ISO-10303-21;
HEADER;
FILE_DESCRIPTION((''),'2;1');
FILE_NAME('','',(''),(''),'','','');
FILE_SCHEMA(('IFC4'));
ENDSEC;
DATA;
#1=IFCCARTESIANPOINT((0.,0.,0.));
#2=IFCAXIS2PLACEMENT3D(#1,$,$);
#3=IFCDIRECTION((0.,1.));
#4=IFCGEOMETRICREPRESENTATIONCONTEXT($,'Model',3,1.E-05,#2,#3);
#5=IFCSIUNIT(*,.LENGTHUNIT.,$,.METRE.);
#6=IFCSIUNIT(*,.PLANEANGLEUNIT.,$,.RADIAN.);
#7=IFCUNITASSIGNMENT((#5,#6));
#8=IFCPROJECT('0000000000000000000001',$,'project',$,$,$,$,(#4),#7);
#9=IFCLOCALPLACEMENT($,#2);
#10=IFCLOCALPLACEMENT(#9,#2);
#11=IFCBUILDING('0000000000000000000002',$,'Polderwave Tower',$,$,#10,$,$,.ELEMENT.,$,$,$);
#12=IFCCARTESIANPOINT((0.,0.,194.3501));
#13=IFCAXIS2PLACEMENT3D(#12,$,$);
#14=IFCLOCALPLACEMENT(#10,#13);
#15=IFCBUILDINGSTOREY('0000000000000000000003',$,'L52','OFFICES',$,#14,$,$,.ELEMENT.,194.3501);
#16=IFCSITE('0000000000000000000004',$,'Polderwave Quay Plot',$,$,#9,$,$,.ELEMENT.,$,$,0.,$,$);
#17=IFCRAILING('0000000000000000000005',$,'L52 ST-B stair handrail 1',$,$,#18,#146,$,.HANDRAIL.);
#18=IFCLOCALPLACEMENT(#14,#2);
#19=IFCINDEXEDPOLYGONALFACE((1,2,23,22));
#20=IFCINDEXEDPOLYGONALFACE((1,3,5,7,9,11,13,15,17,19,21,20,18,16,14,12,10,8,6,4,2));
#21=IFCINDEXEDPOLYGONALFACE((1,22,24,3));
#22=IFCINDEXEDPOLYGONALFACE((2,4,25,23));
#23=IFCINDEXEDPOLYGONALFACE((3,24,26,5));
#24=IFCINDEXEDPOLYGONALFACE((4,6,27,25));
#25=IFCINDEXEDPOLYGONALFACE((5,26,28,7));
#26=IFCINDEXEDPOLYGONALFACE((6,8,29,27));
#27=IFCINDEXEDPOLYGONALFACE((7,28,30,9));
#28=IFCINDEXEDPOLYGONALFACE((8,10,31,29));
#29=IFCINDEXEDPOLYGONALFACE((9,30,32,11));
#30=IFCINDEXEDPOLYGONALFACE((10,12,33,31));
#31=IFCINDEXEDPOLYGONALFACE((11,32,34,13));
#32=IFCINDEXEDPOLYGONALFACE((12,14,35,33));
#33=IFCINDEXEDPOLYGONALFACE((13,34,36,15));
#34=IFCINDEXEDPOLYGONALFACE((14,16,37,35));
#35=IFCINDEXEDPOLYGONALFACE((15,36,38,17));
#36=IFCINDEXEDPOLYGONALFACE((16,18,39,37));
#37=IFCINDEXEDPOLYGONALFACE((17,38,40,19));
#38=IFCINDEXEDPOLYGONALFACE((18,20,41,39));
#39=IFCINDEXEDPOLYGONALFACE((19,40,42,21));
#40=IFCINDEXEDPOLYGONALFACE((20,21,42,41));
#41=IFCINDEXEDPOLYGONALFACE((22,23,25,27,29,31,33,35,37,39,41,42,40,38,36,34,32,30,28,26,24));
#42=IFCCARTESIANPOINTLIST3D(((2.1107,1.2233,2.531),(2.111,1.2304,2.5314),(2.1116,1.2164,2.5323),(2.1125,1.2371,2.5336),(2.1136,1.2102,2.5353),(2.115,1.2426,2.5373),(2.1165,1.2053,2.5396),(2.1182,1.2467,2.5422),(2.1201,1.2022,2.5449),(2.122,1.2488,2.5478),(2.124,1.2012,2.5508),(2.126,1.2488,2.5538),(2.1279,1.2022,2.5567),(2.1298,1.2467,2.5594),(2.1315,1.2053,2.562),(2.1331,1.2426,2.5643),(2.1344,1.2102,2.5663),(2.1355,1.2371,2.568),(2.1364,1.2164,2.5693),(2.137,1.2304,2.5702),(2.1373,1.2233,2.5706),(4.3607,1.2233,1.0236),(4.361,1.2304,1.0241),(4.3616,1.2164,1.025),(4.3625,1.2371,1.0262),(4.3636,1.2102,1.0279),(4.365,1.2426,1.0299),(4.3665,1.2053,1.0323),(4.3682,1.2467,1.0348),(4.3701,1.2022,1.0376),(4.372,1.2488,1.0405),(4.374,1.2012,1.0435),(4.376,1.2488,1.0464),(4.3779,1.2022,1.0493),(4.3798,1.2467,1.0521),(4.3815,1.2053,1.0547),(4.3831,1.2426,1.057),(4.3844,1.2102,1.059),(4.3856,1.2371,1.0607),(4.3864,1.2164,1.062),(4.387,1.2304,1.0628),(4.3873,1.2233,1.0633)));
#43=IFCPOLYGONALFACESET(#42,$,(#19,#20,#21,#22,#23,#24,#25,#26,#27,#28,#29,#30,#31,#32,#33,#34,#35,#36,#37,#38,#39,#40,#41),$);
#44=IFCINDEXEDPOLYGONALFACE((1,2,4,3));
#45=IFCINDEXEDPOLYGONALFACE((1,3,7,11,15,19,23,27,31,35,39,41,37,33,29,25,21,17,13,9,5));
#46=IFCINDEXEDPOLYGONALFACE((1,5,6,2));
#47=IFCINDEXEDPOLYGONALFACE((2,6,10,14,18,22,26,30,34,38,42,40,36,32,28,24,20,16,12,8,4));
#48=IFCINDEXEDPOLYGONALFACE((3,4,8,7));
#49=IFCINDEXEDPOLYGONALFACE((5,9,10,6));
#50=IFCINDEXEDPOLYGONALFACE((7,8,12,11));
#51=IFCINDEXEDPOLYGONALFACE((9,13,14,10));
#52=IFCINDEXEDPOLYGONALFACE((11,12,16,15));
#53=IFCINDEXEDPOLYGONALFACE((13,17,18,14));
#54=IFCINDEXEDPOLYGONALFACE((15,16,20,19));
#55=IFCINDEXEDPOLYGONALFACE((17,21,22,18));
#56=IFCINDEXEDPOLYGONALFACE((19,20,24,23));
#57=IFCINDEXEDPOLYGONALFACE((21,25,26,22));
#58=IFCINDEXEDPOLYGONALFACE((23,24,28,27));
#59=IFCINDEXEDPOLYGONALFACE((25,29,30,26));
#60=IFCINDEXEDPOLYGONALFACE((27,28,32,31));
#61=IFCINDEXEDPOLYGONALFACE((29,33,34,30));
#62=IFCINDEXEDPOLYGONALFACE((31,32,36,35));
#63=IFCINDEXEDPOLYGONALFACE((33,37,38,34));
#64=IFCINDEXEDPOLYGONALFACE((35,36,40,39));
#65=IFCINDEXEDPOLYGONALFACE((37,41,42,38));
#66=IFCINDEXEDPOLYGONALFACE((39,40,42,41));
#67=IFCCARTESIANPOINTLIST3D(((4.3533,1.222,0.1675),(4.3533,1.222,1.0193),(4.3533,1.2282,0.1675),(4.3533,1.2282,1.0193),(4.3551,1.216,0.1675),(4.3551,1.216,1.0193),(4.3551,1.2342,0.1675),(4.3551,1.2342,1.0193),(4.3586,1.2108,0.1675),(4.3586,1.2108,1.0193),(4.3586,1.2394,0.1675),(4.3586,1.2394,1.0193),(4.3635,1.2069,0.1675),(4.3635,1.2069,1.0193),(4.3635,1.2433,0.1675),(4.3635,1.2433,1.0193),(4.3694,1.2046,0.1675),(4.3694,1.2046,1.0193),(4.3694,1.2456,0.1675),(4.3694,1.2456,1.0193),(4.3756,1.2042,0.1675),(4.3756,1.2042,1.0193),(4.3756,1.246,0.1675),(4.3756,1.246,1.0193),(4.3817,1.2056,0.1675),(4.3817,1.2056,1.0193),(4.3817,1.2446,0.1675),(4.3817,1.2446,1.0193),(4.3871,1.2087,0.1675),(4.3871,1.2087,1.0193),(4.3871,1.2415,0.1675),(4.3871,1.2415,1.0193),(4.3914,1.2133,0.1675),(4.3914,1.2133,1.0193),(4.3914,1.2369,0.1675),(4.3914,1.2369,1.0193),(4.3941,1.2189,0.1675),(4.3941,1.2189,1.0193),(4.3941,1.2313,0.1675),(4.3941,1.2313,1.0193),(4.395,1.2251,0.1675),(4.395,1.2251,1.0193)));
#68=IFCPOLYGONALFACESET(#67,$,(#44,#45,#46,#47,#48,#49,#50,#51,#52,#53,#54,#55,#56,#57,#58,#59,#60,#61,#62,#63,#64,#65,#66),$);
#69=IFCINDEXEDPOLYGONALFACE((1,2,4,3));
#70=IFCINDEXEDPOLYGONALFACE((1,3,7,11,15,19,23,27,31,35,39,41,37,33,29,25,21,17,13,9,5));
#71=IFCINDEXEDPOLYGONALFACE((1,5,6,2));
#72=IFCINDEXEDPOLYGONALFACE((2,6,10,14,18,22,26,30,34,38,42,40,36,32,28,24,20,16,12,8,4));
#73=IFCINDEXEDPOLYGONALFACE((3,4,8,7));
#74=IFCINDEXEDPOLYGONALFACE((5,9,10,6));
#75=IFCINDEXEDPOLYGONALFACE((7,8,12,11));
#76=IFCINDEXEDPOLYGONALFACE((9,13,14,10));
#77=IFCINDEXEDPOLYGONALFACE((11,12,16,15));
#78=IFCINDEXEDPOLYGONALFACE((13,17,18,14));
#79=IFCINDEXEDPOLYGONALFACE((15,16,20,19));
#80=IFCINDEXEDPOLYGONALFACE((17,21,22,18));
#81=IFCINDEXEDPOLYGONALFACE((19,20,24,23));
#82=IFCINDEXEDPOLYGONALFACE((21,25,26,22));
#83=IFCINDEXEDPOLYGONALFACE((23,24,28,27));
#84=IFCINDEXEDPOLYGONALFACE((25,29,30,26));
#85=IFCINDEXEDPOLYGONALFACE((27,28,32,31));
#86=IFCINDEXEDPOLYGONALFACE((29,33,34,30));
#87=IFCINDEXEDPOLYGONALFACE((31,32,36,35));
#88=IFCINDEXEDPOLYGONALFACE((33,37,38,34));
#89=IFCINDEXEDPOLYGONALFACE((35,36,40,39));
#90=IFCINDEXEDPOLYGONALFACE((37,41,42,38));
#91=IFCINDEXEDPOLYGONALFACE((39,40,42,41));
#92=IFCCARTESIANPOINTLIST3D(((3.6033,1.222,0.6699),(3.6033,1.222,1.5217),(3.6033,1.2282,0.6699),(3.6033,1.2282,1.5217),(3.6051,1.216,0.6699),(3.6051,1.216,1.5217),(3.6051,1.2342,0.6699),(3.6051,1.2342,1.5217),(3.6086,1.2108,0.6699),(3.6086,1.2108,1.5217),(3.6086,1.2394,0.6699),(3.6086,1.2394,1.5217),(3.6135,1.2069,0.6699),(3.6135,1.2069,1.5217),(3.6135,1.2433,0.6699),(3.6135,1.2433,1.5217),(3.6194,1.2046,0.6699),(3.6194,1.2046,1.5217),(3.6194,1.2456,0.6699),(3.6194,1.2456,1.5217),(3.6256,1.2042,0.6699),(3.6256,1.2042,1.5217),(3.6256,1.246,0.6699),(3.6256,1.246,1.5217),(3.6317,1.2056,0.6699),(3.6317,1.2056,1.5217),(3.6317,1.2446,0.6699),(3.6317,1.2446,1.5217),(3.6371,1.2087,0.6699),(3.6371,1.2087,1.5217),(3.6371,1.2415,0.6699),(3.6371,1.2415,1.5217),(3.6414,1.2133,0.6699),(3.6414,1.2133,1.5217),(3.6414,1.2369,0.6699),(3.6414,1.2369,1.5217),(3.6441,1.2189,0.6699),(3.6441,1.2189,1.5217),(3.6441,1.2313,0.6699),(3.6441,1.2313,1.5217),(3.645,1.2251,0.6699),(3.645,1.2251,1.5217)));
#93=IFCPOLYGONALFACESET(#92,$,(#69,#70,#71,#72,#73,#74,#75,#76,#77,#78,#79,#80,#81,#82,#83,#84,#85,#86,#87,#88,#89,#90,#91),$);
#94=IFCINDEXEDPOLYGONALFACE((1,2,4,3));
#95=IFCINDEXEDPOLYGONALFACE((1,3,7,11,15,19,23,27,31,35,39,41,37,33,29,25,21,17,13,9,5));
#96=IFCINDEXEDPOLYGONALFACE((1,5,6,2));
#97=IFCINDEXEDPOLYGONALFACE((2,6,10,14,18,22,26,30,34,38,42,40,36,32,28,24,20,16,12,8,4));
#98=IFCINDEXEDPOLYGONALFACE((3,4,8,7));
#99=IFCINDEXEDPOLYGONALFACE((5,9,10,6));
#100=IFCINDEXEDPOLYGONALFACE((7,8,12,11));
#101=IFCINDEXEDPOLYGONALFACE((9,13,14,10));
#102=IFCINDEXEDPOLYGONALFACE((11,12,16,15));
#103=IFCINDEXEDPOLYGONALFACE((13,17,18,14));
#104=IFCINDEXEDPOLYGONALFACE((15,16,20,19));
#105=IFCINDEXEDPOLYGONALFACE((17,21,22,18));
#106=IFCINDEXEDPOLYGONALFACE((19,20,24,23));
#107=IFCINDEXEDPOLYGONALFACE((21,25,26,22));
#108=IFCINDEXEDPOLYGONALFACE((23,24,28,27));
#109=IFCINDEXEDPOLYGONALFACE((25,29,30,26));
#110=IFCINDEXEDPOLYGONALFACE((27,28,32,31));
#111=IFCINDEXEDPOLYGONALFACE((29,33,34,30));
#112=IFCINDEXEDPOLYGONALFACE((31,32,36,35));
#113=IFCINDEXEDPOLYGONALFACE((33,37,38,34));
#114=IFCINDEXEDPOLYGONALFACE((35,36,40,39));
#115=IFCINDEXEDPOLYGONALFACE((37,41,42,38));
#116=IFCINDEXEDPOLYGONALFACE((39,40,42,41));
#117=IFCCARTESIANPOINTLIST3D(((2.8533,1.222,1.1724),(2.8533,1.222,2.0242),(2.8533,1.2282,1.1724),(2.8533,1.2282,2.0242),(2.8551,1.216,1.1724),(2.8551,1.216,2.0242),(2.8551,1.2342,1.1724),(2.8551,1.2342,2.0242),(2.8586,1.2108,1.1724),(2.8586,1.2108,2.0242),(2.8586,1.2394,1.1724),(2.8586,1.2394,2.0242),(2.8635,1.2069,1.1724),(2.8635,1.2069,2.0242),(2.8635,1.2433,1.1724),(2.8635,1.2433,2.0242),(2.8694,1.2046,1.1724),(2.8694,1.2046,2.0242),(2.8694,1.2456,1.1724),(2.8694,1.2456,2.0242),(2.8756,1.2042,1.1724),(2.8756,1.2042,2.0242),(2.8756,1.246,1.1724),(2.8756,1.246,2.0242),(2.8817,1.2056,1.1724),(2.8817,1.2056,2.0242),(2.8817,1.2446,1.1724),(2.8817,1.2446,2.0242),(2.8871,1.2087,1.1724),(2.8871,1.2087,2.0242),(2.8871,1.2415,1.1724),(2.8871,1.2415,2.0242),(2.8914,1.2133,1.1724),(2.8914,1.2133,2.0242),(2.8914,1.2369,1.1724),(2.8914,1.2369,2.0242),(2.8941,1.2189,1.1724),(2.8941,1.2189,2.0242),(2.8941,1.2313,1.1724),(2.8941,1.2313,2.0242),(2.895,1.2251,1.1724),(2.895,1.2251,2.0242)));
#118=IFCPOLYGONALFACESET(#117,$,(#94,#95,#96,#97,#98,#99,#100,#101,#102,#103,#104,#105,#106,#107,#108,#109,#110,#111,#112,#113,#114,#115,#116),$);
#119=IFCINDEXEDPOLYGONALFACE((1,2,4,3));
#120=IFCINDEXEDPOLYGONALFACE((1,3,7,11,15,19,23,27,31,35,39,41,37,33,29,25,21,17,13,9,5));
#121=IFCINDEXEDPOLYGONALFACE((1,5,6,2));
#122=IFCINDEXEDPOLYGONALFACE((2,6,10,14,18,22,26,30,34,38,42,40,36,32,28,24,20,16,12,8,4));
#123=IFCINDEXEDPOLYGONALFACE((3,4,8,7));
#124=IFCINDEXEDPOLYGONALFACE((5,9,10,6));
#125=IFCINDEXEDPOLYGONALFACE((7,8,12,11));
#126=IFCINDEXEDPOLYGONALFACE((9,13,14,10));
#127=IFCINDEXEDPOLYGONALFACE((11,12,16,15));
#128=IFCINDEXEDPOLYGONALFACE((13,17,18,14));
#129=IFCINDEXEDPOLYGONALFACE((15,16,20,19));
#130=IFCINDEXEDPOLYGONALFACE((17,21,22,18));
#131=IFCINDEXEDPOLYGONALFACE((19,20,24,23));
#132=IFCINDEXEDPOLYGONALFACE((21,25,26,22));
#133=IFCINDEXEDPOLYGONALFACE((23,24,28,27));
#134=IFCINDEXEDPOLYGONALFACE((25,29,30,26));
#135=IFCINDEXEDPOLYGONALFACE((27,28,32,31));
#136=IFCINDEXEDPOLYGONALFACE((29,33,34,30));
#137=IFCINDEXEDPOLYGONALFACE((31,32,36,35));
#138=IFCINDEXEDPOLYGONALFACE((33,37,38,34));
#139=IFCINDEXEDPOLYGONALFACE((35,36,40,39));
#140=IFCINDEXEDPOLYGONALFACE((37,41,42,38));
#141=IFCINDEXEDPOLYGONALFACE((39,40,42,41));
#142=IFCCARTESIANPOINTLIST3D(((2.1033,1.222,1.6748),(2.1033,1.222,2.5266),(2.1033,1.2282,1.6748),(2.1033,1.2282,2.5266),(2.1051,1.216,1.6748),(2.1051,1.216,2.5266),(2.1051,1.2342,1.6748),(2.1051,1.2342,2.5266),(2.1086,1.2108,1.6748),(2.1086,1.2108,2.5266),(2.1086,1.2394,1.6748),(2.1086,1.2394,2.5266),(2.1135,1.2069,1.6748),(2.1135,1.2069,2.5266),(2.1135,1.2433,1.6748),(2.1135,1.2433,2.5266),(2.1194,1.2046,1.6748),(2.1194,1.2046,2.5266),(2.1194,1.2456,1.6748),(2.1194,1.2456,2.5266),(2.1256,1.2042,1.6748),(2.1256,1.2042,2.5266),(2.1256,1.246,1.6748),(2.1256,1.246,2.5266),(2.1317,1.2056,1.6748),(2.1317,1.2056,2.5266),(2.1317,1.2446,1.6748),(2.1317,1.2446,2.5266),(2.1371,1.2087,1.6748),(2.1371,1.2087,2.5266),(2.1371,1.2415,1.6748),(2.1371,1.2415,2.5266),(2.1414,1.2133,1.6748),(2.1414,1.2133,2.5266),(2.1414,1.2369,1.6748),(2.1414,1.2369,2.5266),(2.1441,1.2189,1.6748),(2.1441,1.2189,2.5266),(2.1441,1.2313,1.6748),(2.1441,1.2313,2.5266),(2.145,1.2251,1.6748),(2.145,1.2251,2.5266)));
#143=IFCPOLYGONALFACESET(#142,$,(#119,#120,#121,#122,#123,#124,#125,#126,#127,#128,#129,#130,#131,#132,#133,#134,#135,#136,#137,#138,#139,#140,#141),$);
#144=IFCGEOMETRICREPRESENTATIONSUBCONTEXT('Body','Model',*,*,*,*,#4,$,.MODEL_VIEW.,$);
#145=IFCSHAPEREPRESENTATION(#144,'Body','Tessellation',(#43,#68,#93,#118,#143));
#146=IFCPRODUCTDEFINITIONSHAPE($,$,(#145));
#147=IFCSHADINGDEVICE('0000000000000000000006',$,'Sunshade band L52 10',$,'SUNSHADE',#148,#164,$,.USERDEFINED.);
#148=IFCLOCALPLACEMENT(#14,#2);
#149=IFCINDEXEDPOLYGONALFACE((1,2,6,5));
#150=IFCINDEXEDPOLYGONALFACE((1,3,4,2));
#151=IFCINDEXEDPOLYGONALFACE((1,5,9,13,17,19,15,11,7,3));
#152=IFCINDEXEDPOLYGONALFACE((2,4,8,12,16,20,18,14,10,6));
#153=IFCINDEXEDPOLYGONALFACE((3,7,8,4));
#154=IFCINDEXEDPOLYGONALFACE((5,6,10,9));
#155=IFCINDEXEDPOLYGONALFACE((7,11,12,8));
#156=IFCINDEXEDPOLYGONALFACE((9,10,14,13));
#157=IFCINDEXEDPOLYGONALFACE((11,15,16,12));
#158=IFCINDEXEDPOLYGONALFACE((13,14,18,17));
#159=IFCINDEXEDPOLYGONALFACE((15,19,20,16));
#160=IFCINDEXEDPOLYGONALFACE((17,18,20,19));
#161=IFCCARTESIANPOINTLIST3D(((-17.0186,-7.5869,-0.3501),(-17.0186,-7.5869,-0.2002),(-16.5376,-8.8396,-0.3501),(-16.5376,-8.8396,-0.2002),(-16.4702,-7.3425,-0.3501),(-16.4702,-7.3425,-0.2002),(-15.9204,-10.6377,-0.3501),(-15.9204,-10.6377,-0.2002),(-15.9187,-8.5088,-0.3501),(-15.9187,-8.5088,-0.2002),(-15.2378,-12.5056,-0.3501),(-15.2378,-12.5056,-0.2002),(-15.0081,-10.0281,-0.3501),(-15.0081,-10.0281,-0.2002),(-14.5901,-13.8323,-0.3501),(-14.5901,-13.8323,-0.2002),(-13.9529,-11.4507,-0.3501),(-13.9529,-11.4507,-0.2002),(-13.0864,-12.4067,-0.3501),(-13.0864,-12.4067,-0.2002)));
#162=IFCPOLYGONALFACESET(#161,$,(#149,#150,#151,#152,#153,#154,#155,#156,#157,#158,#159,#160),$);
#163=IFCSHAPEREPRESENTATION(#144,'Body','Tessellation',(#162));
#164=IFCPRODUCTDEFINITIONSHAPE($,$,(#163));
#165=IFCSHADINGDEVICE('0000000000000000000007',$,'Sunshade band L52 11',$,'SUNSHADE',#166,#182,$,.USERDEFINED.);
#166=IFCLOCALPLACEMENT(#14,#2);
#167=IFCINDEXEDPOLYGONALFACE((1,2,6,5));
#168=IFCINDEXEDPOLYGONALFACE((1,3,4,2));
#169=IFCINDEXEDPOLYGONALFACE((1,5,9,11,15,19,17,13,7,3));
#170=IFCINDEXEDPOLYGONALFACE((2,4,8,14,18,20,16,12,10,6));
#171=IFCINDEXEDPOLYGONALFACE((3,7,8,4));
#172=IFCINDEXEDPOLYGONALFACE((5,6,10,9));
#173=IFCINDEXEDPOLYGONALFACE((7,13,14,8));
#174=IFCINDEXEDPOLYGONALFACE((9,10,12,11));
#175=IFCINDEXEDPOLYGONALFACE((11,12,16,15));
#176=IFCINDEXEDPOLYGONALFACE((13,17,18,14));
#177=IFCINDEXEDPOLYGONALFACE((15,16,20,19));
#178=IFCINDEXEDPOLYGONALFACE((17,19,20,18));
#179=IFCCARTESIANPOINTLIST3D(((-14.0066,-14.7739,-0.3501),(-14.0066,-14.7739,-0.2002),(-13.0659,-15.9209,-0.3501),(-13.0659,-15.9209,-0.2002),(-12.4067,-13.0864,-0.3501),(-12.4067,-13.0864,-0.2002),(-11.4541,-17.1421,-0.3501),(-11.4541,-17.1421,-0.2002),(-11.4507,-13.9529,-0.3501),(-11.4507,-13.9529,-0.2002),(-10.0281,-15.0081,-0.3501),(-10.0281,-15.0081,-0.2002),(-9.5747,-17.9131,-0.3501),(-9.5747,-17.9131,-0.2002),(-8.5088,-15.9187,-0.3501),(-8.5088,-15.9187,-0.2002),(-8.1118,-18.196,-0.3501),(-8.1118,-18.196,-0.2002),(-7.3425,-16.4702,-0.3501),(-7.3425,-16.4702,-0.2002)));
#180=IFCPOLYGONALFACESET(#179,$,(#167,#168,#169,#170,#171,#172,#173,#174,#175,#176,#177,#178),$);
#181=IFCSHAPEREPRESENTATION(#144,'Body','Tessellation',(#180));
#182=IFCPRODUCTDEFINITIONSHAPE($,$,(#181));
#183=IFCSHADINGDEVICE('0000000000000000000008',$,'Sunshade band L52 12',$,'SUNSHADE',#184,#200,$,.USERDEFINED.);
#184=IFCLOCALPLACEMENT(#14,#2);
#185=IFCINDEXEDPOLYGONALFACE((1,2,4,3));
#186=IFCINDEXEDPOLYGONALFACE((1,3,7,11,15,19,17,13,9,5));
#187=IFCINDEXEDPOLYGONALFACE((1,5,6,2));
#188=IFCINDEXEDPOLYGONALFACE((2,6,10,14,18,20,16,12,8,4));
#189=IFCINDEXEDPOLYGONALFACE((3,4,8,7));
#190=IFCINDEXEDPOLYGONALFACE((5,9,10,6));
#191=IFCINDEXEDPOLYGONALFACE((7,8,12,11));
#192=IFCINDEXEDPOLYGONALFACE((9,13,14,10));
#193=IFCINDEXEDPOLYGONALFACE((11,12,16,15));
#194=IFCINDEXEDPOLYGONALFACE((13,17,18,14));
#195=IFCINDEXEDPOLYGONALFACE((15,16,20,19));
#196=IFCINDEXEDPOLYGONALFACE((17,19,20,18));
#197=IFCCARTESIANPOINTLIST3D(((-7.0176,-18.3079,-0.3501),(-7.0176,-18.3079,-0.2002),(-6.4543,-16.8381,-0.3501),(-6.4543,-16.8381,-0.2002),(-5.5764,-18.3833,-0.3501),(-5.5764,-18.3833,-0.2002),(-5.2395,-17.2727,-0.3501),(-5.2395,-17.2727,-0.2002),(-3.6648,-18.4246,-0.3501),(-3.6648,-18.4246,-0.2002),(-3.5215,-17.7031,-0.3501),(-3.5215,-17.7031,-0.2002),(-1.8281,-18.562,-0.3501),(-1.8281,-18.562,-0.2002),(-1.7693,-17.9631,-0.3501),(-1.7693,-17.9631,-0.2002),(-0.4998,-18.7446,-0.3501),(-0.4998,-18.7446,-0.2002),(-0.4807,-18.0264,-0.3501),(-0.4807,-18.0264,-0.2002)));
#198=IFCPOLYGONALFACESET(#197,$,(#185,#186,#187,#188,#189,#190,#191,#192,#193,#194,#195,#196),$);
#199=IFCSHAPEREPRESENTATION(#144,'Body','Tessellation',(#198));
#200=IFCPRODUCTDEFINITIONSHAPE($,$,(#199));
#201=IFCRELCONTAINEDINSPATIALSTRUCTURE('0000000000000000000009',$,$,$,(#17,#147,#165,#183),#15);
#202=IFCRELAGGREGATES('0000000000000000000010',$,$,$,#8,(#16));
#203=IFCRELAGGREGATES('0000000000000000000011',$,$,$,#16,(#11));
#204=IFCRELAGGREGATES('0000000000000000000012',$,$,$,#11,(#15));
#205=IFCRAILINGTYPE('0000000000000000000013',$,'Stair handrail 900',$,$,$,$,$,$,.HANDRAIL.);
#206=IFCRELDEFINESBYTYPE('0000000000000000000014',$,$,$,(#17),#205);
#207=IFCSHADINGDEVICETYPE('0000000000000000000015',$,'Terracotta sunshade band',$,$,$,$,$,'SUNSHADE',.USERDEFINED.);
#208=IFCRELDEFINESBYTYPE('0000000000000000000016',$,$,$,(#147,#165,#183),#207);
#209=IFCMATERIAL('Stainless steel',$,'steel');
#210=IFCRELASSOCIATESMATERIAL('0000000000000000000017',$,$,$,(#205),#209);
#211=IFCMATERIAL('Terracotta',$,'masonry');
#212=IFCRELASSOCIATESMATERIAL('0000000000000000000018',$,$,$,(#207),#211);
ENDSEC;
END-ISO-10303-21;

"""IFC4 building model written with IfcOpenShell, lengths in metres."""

from ifc_helpers import new_model, si_unit, direction, frame, origin, origin_2d, place, context, subcontext, project, spatial, polyline, circle, outline, extrude, material, type_object, element, save


model = new_model("IFC4")

# Units and contexts
model_context = context("Model", 3, precision=1e-05, world=origin(), true_north=direction((0.0, 1.0)))
body_context = subcontext(model_context, "Body", "Model", "MODEL_VIEW")
ifc_project = project(units=[si_unit("LENGTHUNIT", "METRE"), si_unit("PLANEANGLEUNIT", "RADIAN")], contexts=[model_context])

# Site, building, storey
site_placement = place(None, origin())
site = spatial("IfcSite", under=ifc_project, at=site_placement, Name="Polderwave Quay Plot", CompositionType="ELEMENT", RefElevation=0.0)
building_placement = place(site_placement, origin())
building = spatial("IfcBuilding", under=site, at=building_placement, Name="Polderwave Tower", CompositionType="ELEMENT")
storey_placement = place(building_placement, frame((0.0, 0.0, 194.3501)))
storey = spatial("IfcBuildingStorey", under=building, at=storey_placement, Name="L52", Description="OFFICES", CompositionType="ELEMENT", Elevation=194.3501)

# Railing
ifc_material_1 = material(Name="Stainless steel", Category="steel")
railing_type_1 = type_object("IfcRailingType", Name="Stair handrail 900", PredefinedType="HANDRAIL", material=ifc_material_1)
railing_1_placement = place(storey_placement, frame((4.374, 1.2251, 0.1675)))
element("IfcRailing", 1, at=railing_1_placement, inside=storey, type_object=railing_type_1, Name="L52 ST-B stair handrail 1", PredefinedType="HANDRAIL", context=body_context, shape_type="SweptSolid", body=[
    extrude(circle(Radius=0.0239, at=origin_2d()), frame((0.0, 0.0, 0.876), z_axis=(-0.8308, 0.0, 0.556571), x_axis=(0.0, -1.0, 0.0)), (0.0, 0.0, 1.0), 2.7083),
    extrude(circle(Radius=0.021, at=origin_2d()), origin(), (0.0, 0.0, 1.0), 0.8518),
    extrude(circle(Radius=0.021, at=origin_2d()), frame((-0.75, 0.0, 0.5024)), (0.0, 0.0, 1.0), 0.8518),
    extrude(circle(Radius=0.021, at=origin_2d()), frame((-1.5, 0.0, 1.0049)), (0.0, 0.0, 1.0), 0.8518),
    extrude(circle(Radius=0.021, at=origin_2d()), frame((-2.25, 0.0, 1.5073)), (0.0, 0.0, 1.0), 0.8518),
])

# Shading devices
ifc_material_2 = material(Name="Terracotta", Category="masonry")
shading_device_type = type_object("IfcShadingDeviceType", Name="Terracotta sunshade band", ElementType="SUNSHADE", PredefinedType="USERDEFINED", material=ifc_material_2)
shading_device_1_placement = place(storey_placement, frame((0.0, 0.0, -0.3501)))
element("IfcShadingDevice", 2, at=shading_device_1_placement, inside=storey, type_object=shading_device_type, Name="Sunshade band L52 10", ObjectType="SUNSHADE", PredefinedType="USERDEFINED", context=body_context, shape_type="SweptSolid", body=[
    extrude(outline(polyline([(-16.4702, -7.3425), (-15.9187, -8.5088), (-15.0081, -10.0281), (-13.9529, -11.4507), (-13.0864, -12.4067), (-14.5901, -13.8323), (-15.2378, -12.5056), (-15.9204, -10.6377), (-16.5376, -8.8396), (-17.0186, -7.5869), (-16.4702, -7.3425)])), origin(), (0.0, 0.0, 1.0), 0.1499),
])
shading_device_2_placement = place(storey_placement, frame((0.0, 0.0, -0.3501)))
element("IfcShadingDevice", 3, at=shading_device_2_placement, inside=storey, type_object=shading_device_type, Name="Sunshade band L52 11", ObjectType="SUNSHADE", PredefinedType="USERDEFINED", context=body_context, shape_type="SweptSolid", body=[
    extrude(outline(polyline([(-12.4067, -13.0864), (-11.4507, -13.9529), (-10.0281, -15.0081), (-8.5088, -15.9187), (-7.3425, -16.4702), (-8.1118, -18.196), (-9.5747, -17.9131), (-11.4541, -17.1421), (-13.0659, -15.9209), (-14.0066, -14.7739), (-12.4067, -13.0864)])), origin(), (0.0, 0.0, 1.0), 0.1499),
])
shading_device_3_placement = place(storey_placement, frame((0.0, 0.0, -0.3501)))
element("IfcShadingDevice", 4, at=shading_device_3_placement, inside=storey, type_object=shading_device_type, Name="Sunshade band L52 12", ObjectType="SUNSHADE", PredefinedType="USERDEFINED", context=body_context, shape_type="SweptSolid", body=[
    extrude(outline(polyline([(-6.4543, -16.8381), (-5.2395, -17.2727), (-3.5215, -17.7031), (-1.7693, -17.9631), (-0.4807, -18.0264), (-0.4998, -18.7446), (-1.8281, -18.562), (-3.6648, -18.4246), (-5.5764, -18.3833), (-7.0176, -18.3079), (-6.4543, -16.8381)])), origin(), (0.0, 0.0, 1.0), 0.1499),
])

save(model, "model.ifc")
